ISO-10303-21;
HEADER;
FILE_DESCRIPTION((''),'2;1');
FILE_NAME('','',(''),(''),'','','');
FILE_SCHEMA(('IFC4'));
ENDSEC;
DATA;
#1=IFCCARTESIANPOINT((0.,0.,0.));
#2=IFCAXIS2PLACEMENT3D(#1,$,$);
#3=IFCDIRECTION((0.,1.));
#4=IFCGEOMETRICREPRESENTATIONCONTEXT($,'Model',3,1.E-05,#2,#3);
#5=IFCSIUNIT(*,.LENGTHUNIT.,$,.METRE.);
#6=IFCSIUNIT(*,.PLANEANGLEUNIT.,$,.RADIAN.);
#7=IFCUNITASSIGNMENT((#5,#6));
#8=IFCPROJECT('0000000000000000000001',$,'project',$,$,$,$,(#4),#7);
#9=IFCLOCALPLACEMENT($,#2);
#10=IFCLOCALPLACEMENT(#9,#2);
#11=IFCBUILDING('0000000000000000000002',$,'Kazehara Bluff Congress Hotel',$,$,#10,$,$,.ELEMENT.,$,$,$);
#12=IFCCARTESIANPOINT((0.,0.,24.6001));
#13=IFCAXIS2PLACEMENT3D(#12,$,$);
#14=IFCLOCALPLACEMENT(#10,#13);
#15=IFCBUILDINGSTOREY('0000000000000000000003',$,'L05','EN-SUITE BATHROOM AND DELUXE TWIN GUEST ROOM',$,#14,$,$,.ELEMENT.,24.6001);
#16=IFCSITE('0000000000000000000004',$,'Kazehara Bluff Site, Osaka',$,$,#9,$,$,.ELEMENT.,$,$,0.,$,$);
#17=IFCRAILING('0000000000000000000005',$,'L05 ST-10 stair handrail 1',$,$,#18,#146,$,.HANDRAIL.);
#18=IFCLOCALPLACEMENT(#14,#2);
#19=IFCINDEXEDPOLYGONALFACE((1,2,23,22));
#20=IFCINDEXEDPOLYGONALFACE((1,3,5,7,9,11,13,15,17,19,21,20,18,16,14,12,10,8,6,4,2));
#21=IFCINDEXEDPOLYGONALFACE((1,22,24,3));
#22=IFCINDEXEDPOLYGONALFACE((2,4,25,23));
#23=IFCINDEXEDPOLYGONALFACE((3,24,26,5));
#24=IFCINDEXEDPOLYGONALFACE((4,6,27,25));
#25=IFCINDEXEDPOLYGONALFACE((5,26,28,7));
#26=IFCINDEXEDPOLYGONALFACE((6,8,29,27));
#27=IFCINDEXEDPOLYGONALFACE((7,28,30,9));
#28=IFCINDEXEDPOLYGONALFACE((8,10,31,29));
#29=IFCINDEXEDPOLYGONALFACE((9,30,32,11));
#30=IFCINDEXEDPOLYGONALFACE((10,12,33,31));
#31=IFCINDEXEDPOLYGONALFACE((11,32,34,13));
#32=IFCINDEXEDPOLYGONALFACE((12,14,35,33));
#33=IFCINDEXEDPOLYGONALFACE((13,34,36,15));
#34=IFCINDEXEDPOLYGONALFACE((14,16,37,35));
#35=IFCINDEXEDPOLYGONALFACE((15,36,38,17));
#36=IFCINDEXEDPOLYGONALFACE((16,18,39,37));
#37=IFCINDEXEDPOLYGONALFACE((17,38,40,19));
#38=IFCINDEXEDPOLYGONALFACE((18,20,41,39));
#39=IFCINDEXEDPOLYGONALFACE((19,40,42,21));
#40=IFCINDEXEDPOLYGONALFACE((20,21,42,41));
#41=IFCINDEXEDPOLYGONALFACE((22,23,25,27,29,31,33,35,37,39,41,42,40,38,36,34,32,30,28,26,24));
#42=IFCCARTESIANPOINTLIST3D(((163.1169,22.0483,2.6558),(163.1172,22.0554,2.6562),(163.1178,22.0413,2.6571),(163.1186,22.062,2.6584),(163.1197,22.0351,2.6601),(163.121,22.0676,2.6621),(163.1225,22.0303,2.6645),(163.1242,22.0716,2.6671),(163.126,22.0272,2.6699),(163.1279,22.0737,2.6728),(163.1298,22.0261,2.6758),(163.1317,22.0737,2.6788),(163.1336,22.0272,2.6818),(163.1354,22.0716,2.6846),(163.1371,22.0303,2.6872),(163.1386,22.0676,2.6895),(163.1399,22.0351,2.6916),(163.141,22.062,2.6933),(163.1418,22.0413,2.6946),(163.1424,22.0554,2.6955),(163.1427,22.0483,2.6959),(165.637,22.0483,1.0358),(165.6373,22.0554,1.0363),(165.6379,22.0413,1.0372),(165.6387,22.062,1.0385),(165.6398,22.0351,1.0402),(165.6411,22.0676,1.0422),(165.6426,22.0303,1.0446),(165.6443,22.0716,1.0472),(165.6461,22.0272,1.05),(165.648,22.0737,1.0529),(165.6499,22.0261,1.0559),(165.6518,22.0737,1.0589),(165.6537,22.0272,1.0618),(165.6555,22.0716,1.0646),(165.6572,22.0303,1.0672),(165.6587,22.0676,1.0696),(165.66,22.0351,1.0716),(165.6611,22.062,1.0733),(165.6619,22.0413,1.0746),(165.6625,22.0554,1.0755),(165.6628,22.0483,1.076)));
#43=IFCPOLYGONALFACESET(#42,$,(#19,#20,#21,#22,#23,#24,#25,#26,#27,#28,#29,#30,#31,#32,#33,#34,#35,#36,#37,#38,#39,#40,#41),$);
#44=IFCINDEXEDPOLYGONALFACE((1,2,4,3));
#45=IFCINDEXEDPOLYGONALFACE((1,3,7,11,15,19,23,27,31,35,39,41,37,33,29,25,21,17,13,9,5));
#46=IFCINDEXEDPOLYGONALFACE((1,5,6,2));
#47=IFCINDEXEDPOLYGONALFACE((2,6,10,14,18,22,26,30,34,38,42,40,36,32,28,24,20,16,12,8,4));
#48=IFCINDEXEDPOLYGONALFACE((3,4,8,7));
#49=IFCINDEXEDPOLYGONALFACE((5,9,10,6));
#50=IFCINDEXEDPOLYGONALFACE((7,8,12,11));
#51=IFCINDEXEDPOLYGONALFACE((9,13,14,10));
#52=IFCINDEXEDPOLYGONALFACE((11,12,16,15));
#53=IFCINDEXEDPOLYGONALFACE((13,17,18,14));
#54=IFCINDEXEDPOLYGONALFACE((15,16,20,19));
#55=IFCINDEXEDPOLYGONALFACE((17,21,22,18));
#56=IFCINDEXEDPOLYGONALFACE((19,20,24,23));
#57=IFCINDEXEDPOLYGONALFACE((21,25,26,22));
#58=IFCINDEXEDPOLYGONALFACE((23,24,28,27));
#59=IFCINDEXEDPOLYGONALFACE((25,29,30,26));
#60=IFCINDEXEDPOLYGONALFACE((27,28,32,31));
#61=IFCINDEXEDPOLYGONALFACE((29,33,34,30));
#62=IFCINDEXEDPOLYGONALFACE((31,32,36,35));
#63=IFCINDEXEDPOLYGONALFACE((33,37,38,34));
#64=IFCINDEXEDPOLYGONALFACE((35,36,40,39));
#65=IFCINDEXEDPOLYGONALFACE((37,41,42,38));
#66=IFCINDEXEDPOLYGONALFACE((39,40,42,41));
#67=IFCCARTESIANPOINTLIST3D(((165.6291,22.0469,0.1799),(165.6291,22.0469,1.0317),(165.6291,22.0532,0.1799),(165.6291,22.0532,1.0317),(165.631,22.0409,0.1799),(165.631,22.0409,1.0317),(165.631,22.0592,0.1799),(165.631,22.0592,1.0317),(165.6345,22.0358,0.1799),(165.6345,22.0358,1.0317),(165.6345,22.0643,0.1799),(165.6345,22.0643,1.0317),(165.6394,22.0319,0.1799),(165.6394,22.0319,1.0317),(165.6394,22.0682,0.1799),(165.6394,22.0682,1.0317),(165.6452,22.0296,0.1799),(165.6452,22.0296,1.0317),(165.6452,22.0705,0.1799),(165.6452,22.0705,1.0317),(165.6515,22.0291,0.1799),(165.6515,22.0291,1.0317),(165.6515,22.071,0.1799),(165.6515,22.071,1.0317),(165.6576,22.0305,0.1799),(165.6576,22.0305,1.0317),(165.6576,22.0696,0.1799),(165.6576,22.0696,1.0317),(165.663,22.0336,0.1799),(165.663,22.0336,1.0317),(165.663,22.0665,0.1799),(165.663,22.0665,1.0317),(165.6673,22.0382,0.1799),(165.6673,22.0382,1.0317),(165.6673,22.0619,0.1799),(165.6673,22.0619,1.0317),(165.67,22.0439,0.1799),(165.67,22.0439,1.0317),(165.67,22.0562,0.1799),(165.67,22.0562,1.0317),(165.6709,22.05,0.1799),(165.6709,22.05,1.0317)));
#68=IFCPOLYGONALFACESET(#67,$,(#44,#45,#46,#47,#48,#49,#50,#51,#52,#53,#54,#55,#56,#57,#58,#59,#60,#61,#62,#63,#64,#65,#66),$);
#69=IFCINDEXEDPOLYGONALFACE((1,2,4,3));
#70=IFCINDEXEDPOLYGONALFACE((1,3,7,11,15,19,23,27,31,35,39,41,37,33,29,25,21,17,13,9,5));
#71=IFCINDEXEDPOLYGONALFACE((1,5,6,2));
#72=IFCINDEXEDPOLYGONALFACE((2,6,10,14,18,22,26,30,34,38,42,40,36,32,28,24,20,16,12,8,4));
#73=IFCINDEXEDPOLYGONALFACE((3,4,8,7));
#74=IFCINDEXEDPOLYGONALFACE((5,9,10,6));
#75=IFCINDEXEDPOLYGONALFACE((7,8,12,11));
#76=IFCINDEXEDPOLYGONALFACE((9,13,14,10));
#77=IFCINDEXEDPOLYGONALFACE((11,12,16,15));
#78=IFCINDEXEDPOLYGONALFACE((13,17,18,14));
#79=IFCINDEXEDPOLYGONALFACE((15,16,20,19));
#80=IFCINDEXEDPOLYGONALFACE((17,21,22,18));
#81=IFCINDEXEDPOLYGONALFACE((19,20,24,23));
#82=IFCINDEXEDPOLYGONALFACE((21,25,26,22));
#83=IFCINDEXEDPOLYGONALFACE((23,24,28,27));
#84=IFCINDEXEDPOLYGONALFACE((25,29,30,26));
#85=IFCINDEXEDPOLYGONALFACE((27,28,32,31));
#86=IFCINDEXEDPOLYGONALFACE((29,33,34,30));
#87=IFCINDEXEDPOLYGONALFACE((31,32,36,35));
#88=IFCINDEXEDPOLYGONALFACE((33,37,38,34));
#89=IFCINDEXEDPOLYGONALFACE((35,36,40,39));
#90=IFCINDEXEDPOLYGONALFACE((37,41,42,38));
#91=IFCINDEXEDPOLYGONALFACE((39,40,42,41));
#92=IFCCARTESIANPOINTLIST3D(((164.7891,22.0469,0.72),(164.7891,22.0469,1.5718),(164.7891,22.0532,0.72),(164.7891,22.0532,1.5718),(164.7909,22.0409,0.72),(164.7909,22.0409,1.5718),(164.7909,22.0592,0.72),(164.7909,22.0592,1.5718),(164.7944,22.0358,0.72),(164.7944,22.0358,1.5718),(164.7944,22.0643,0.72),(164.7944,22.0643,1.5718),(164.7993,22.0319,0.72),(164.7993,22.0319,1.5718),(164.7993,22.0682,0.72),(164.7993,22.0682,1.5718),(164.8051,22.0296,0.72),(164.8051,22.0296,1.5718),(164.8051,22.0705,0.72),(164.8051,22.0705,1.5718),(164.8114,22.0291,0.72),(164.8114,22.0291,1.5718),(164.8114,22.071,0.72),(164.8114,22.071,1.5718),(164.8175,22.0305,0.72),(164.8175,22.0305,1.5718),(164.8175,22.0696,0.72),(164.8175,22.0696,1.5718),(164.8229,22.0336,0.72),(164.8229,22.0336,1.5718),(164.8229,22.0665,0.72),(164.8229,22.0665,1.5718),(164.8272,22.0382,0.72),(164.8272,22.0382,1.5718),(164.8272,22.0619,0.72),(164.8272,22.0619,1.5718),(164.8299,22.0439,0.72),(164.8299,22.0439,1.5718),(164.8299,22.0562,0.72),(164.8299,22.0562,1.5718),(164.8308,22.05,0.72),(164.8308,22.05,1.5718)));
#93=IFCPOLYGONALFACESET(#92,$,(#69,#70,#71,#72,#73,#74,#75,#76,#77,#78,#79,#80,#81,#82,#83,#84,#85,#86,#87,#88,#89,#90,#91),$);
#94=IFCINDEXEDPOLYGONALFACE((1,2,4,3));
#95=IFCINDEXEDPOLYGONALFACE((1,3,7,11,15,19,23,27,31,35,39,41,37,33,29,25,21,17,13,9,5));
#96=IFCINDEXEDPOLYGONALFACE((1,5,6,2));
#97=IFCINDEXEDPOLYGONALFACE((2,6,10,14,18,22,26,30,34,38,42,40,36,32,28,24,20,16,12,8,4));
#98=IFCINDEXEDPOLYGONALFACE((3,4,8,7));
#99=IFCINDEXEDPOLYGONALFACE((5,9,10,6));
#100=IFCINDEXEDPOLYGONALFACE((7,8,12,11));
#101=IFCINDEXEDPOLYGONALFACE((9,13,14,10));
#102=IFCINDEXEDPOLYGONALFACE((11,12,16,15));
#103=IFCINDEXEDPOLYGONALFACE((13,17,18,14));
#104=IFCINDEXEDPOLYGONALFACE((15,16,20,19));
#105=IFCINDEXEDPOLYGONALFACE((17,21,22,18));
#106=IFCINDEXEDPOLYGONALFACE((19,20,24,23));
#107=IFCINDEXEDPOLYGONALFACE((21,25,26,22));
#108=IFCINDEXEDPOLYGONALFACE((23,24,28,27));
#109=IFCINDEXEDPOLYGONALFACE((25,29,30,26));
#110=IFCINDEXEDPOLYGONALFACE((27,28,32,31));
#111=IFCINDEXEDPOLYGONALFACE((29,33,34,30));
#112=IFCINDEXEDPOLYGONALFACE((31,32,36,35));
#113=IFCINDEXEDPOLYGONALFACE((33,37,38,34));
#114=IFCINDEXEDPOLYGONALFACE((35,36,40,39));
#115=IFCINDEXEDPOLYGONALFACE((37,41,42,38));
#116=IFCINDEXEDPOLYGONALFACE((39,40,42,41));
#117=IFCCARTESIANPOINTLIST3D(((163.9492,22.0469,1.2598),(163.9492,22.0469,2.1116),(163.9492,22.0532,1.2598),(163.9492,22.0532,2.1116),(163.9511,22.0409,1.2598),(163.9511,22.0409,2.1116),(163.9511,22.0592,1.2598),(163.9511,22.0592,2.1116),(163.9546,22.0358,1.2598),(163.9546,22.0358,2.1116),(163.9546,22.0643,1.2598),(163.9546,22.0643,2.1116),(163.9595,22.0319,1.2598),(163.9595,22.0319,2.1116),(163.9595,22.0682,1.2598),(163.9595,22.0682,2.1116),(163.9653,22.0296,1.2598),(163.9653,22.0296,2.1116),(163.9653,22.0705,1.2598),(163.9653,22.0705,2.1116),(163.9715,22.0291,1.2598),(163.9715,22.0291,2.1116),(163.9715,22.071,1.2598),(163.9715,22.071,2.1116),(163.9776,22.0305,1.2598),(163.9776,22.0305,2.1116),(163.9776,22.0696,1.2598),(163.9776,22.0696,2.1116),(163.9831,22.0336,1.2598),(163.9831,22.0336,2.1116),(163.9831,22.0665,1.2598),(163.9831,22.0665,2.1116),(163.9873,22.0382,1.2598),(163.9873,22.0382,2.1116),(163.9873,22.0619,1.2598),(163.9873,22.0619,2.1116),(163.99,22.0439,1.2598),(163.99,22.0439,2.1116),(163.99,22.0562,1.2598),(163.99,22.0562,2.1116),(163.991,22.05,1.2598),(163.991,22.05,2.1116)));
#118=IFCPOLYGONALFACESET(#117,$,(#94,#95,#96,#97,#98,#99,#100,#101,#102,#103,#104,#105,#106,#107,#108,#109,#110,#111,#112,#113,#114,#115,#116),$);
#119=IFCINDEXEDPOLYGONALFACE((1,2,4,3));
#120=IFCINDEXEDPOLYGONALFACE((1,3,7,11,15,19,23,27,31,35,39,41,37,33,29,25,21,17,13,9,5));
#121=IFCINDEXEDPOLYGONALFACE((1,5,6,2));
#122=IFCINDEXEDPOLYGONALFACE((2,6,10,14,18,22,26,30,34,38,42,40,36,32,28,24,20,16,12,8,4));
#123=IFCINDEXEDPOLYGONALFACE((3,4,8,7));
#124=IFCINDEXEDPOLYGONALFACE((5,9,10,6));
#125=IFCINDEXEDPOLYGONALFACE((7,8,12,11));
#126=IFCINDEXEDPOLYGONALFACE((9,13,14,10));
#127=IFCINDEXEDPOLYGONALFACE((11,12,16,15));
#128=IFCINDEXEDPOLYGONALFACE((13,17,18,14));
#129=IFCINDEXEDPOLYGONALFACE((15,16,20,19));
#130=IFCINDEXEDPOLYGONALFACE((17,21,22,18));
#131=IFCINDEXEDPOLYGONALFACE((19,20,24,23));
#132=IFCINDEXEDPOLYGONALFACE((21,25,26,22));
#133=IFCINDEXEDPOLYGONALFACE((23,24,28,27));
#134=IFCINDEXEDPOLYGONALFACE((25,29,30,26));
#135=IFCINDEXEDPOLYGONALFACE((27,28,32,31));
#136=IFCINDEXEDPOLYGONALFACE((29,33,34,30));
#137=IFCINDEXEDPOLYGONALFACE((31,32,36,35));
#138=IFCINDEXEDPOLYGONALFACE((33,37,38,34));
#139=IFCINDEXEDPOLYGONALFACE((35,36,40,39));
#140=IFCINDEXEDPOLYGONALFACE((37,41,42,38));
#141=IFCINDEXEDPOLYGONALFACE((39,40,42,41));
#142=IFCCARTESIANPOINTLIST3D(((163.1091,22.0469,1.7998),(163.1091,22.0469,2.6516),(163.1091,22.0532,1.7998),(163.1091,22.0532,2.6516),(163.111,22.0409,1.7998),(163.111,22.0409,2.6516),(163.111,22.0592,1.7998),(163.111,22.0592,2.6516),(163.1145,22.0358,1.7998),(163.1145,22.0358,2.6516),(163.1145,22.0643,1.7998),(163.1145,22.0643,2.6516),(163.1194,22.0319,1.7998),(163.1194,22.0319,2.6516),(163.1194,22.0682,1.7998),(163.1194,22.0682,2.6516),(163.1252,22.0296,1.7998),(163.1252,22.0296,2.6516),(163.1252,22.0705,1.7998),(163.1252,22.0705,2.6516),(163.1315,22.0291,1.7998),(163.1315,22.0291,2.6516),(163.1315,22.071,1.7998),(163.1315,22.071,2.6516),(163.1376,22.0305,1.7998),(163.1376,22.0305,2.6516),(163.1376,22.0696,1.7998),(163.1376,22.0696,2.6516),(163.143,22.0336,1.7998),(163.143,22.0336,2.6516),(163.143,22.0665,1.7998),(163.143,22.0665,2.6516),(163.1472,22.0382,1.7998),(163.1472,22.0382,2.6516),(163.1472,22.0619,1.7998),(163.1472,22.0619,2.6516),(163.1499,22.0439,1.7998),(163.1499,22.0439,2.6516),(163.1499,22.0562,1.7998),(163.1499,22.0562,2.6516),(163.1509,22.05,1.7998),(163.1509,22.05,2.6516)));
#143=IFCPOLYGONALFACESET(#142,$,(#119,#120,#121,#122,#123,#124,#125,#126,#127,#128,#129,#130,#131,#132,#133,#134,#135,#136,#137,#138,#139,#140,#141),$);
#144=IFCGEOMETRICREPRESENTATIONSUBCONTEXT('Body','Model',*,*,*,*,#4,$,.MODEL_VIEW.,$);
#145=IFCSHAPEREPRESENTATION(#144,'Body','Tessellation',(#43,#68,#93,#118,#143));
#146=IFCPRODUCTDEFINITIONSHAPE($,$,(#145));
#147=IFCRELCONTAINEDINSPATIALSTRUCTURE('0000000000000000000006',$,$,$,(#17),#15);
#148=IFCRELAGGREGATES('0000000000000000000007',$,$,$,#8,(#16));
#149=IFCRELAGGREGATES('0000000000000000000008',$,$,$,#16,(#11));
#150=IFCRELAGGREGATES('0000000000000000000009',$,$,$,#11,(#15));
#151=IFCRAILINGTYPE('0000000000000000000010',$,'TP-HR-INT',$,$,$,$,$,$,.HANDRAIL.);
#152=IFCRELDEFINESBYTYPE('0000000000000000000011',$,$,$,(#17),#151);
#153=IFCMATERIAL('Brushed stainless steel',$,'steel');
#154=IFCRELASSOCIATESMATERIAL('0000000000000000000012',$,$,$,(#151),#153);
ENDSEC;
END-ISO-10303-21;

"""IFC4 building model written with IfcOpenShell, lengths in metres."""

from ifc_helpers import new_model, si_unit, direction, frame, origin, origin_2d, place, context, subcontext, project, spatial, circle, extrude, material, type_object, element, save


model = new_model("IFC4")

# Units and contexts
model_context = context("Model", 3, precision=1e-05, world=origin(), true_north=direction((0.0, 1.0)))
body_context = subcontext(model_context, "Body", "Model", "MODEL_VIEW")
ifc_project = project(units=[si_unit("LENGTHUNIT", "METRE"), si_unit("PLANEANGLEUNIT", "RADIAN")], contexts=[model_context])

# Site, building, storey
site_placement = place(None, origin())
site = spatial("IfcSite", under=ifc_project, at=site_placement, Name="Kazehara Bluff Site, Osaka", CompositionType="ELEMENT", RefElevation=0.0)
building_placement = place(site_placement, origin())
building = spatial("IfcBuilding", under=site, at=building_placement, Name="Kazehara Bluff Congress Hotel", CompositionType="ELEMENT")
storey_placement = place(building_placement, frame((0.0, 0.0, 24.6001)))
storey = spatial("IfcBuildingStorey", under=building, at=storey_placement, Name="L05", Description="EN-SUITE BATHROOM AND DELUXE TWIN GUEST ROOM", CompositionType="ELEMENT", Elevation=24.6001)

# Railing
ifc_material_1 = material(Name="Brushed stainless steel", Category="steel")
railing_type_1 = type_object("IfcRailingType", Name="TP-HR-INT", PredefinedType="HANDRAIL", material=ifc_material_1)
railing_1_placement = place(storey_placement, frame((165.6499, 22.05, 0.1799)))
element("IfcRailing", 1, at=railing_1_placement, inside=storey, type_object=railing_type_1, Name="L05 ST-10 stair handrail 1", PredefinedType="HANDRAIL", context=body_context, shape_type="SweptSolid", body=[
    extrude(circle(Radius=0.0239, at=origin_2d()), frame((0.0, 0.0, 0.876), z_axis=(-0.8412, 0.0, 0.540725), x_axis=(0.0, -1.0, 0.0)), (0.0, 0.0, 1.0), 2.9958),
    extrude(circle(Radius=0.021, at=origin_2d()), origin(), (0.0, 0.0, 1.0), 0.8518),
    extrude(circle(Radius=0.021, at=origin_2d()), frame((-0.8401, 0.0, 0.54)), (0.0, 0.0, 1.0), 0.8518),
    extrude(circle(Radius=0.021, at=origin_2d()), frame((-1.6799, 0.0, 1.0798)), (0.0, 0.0, 1.0), 0.8518),
    extrude(circle(Radius=0.021, at=origin_2d()), frame((-2.52, 0.0, 1.6199)), (0.0, 0.0, 1.0), 0.8518),
])

save(model, "model.ifc")
